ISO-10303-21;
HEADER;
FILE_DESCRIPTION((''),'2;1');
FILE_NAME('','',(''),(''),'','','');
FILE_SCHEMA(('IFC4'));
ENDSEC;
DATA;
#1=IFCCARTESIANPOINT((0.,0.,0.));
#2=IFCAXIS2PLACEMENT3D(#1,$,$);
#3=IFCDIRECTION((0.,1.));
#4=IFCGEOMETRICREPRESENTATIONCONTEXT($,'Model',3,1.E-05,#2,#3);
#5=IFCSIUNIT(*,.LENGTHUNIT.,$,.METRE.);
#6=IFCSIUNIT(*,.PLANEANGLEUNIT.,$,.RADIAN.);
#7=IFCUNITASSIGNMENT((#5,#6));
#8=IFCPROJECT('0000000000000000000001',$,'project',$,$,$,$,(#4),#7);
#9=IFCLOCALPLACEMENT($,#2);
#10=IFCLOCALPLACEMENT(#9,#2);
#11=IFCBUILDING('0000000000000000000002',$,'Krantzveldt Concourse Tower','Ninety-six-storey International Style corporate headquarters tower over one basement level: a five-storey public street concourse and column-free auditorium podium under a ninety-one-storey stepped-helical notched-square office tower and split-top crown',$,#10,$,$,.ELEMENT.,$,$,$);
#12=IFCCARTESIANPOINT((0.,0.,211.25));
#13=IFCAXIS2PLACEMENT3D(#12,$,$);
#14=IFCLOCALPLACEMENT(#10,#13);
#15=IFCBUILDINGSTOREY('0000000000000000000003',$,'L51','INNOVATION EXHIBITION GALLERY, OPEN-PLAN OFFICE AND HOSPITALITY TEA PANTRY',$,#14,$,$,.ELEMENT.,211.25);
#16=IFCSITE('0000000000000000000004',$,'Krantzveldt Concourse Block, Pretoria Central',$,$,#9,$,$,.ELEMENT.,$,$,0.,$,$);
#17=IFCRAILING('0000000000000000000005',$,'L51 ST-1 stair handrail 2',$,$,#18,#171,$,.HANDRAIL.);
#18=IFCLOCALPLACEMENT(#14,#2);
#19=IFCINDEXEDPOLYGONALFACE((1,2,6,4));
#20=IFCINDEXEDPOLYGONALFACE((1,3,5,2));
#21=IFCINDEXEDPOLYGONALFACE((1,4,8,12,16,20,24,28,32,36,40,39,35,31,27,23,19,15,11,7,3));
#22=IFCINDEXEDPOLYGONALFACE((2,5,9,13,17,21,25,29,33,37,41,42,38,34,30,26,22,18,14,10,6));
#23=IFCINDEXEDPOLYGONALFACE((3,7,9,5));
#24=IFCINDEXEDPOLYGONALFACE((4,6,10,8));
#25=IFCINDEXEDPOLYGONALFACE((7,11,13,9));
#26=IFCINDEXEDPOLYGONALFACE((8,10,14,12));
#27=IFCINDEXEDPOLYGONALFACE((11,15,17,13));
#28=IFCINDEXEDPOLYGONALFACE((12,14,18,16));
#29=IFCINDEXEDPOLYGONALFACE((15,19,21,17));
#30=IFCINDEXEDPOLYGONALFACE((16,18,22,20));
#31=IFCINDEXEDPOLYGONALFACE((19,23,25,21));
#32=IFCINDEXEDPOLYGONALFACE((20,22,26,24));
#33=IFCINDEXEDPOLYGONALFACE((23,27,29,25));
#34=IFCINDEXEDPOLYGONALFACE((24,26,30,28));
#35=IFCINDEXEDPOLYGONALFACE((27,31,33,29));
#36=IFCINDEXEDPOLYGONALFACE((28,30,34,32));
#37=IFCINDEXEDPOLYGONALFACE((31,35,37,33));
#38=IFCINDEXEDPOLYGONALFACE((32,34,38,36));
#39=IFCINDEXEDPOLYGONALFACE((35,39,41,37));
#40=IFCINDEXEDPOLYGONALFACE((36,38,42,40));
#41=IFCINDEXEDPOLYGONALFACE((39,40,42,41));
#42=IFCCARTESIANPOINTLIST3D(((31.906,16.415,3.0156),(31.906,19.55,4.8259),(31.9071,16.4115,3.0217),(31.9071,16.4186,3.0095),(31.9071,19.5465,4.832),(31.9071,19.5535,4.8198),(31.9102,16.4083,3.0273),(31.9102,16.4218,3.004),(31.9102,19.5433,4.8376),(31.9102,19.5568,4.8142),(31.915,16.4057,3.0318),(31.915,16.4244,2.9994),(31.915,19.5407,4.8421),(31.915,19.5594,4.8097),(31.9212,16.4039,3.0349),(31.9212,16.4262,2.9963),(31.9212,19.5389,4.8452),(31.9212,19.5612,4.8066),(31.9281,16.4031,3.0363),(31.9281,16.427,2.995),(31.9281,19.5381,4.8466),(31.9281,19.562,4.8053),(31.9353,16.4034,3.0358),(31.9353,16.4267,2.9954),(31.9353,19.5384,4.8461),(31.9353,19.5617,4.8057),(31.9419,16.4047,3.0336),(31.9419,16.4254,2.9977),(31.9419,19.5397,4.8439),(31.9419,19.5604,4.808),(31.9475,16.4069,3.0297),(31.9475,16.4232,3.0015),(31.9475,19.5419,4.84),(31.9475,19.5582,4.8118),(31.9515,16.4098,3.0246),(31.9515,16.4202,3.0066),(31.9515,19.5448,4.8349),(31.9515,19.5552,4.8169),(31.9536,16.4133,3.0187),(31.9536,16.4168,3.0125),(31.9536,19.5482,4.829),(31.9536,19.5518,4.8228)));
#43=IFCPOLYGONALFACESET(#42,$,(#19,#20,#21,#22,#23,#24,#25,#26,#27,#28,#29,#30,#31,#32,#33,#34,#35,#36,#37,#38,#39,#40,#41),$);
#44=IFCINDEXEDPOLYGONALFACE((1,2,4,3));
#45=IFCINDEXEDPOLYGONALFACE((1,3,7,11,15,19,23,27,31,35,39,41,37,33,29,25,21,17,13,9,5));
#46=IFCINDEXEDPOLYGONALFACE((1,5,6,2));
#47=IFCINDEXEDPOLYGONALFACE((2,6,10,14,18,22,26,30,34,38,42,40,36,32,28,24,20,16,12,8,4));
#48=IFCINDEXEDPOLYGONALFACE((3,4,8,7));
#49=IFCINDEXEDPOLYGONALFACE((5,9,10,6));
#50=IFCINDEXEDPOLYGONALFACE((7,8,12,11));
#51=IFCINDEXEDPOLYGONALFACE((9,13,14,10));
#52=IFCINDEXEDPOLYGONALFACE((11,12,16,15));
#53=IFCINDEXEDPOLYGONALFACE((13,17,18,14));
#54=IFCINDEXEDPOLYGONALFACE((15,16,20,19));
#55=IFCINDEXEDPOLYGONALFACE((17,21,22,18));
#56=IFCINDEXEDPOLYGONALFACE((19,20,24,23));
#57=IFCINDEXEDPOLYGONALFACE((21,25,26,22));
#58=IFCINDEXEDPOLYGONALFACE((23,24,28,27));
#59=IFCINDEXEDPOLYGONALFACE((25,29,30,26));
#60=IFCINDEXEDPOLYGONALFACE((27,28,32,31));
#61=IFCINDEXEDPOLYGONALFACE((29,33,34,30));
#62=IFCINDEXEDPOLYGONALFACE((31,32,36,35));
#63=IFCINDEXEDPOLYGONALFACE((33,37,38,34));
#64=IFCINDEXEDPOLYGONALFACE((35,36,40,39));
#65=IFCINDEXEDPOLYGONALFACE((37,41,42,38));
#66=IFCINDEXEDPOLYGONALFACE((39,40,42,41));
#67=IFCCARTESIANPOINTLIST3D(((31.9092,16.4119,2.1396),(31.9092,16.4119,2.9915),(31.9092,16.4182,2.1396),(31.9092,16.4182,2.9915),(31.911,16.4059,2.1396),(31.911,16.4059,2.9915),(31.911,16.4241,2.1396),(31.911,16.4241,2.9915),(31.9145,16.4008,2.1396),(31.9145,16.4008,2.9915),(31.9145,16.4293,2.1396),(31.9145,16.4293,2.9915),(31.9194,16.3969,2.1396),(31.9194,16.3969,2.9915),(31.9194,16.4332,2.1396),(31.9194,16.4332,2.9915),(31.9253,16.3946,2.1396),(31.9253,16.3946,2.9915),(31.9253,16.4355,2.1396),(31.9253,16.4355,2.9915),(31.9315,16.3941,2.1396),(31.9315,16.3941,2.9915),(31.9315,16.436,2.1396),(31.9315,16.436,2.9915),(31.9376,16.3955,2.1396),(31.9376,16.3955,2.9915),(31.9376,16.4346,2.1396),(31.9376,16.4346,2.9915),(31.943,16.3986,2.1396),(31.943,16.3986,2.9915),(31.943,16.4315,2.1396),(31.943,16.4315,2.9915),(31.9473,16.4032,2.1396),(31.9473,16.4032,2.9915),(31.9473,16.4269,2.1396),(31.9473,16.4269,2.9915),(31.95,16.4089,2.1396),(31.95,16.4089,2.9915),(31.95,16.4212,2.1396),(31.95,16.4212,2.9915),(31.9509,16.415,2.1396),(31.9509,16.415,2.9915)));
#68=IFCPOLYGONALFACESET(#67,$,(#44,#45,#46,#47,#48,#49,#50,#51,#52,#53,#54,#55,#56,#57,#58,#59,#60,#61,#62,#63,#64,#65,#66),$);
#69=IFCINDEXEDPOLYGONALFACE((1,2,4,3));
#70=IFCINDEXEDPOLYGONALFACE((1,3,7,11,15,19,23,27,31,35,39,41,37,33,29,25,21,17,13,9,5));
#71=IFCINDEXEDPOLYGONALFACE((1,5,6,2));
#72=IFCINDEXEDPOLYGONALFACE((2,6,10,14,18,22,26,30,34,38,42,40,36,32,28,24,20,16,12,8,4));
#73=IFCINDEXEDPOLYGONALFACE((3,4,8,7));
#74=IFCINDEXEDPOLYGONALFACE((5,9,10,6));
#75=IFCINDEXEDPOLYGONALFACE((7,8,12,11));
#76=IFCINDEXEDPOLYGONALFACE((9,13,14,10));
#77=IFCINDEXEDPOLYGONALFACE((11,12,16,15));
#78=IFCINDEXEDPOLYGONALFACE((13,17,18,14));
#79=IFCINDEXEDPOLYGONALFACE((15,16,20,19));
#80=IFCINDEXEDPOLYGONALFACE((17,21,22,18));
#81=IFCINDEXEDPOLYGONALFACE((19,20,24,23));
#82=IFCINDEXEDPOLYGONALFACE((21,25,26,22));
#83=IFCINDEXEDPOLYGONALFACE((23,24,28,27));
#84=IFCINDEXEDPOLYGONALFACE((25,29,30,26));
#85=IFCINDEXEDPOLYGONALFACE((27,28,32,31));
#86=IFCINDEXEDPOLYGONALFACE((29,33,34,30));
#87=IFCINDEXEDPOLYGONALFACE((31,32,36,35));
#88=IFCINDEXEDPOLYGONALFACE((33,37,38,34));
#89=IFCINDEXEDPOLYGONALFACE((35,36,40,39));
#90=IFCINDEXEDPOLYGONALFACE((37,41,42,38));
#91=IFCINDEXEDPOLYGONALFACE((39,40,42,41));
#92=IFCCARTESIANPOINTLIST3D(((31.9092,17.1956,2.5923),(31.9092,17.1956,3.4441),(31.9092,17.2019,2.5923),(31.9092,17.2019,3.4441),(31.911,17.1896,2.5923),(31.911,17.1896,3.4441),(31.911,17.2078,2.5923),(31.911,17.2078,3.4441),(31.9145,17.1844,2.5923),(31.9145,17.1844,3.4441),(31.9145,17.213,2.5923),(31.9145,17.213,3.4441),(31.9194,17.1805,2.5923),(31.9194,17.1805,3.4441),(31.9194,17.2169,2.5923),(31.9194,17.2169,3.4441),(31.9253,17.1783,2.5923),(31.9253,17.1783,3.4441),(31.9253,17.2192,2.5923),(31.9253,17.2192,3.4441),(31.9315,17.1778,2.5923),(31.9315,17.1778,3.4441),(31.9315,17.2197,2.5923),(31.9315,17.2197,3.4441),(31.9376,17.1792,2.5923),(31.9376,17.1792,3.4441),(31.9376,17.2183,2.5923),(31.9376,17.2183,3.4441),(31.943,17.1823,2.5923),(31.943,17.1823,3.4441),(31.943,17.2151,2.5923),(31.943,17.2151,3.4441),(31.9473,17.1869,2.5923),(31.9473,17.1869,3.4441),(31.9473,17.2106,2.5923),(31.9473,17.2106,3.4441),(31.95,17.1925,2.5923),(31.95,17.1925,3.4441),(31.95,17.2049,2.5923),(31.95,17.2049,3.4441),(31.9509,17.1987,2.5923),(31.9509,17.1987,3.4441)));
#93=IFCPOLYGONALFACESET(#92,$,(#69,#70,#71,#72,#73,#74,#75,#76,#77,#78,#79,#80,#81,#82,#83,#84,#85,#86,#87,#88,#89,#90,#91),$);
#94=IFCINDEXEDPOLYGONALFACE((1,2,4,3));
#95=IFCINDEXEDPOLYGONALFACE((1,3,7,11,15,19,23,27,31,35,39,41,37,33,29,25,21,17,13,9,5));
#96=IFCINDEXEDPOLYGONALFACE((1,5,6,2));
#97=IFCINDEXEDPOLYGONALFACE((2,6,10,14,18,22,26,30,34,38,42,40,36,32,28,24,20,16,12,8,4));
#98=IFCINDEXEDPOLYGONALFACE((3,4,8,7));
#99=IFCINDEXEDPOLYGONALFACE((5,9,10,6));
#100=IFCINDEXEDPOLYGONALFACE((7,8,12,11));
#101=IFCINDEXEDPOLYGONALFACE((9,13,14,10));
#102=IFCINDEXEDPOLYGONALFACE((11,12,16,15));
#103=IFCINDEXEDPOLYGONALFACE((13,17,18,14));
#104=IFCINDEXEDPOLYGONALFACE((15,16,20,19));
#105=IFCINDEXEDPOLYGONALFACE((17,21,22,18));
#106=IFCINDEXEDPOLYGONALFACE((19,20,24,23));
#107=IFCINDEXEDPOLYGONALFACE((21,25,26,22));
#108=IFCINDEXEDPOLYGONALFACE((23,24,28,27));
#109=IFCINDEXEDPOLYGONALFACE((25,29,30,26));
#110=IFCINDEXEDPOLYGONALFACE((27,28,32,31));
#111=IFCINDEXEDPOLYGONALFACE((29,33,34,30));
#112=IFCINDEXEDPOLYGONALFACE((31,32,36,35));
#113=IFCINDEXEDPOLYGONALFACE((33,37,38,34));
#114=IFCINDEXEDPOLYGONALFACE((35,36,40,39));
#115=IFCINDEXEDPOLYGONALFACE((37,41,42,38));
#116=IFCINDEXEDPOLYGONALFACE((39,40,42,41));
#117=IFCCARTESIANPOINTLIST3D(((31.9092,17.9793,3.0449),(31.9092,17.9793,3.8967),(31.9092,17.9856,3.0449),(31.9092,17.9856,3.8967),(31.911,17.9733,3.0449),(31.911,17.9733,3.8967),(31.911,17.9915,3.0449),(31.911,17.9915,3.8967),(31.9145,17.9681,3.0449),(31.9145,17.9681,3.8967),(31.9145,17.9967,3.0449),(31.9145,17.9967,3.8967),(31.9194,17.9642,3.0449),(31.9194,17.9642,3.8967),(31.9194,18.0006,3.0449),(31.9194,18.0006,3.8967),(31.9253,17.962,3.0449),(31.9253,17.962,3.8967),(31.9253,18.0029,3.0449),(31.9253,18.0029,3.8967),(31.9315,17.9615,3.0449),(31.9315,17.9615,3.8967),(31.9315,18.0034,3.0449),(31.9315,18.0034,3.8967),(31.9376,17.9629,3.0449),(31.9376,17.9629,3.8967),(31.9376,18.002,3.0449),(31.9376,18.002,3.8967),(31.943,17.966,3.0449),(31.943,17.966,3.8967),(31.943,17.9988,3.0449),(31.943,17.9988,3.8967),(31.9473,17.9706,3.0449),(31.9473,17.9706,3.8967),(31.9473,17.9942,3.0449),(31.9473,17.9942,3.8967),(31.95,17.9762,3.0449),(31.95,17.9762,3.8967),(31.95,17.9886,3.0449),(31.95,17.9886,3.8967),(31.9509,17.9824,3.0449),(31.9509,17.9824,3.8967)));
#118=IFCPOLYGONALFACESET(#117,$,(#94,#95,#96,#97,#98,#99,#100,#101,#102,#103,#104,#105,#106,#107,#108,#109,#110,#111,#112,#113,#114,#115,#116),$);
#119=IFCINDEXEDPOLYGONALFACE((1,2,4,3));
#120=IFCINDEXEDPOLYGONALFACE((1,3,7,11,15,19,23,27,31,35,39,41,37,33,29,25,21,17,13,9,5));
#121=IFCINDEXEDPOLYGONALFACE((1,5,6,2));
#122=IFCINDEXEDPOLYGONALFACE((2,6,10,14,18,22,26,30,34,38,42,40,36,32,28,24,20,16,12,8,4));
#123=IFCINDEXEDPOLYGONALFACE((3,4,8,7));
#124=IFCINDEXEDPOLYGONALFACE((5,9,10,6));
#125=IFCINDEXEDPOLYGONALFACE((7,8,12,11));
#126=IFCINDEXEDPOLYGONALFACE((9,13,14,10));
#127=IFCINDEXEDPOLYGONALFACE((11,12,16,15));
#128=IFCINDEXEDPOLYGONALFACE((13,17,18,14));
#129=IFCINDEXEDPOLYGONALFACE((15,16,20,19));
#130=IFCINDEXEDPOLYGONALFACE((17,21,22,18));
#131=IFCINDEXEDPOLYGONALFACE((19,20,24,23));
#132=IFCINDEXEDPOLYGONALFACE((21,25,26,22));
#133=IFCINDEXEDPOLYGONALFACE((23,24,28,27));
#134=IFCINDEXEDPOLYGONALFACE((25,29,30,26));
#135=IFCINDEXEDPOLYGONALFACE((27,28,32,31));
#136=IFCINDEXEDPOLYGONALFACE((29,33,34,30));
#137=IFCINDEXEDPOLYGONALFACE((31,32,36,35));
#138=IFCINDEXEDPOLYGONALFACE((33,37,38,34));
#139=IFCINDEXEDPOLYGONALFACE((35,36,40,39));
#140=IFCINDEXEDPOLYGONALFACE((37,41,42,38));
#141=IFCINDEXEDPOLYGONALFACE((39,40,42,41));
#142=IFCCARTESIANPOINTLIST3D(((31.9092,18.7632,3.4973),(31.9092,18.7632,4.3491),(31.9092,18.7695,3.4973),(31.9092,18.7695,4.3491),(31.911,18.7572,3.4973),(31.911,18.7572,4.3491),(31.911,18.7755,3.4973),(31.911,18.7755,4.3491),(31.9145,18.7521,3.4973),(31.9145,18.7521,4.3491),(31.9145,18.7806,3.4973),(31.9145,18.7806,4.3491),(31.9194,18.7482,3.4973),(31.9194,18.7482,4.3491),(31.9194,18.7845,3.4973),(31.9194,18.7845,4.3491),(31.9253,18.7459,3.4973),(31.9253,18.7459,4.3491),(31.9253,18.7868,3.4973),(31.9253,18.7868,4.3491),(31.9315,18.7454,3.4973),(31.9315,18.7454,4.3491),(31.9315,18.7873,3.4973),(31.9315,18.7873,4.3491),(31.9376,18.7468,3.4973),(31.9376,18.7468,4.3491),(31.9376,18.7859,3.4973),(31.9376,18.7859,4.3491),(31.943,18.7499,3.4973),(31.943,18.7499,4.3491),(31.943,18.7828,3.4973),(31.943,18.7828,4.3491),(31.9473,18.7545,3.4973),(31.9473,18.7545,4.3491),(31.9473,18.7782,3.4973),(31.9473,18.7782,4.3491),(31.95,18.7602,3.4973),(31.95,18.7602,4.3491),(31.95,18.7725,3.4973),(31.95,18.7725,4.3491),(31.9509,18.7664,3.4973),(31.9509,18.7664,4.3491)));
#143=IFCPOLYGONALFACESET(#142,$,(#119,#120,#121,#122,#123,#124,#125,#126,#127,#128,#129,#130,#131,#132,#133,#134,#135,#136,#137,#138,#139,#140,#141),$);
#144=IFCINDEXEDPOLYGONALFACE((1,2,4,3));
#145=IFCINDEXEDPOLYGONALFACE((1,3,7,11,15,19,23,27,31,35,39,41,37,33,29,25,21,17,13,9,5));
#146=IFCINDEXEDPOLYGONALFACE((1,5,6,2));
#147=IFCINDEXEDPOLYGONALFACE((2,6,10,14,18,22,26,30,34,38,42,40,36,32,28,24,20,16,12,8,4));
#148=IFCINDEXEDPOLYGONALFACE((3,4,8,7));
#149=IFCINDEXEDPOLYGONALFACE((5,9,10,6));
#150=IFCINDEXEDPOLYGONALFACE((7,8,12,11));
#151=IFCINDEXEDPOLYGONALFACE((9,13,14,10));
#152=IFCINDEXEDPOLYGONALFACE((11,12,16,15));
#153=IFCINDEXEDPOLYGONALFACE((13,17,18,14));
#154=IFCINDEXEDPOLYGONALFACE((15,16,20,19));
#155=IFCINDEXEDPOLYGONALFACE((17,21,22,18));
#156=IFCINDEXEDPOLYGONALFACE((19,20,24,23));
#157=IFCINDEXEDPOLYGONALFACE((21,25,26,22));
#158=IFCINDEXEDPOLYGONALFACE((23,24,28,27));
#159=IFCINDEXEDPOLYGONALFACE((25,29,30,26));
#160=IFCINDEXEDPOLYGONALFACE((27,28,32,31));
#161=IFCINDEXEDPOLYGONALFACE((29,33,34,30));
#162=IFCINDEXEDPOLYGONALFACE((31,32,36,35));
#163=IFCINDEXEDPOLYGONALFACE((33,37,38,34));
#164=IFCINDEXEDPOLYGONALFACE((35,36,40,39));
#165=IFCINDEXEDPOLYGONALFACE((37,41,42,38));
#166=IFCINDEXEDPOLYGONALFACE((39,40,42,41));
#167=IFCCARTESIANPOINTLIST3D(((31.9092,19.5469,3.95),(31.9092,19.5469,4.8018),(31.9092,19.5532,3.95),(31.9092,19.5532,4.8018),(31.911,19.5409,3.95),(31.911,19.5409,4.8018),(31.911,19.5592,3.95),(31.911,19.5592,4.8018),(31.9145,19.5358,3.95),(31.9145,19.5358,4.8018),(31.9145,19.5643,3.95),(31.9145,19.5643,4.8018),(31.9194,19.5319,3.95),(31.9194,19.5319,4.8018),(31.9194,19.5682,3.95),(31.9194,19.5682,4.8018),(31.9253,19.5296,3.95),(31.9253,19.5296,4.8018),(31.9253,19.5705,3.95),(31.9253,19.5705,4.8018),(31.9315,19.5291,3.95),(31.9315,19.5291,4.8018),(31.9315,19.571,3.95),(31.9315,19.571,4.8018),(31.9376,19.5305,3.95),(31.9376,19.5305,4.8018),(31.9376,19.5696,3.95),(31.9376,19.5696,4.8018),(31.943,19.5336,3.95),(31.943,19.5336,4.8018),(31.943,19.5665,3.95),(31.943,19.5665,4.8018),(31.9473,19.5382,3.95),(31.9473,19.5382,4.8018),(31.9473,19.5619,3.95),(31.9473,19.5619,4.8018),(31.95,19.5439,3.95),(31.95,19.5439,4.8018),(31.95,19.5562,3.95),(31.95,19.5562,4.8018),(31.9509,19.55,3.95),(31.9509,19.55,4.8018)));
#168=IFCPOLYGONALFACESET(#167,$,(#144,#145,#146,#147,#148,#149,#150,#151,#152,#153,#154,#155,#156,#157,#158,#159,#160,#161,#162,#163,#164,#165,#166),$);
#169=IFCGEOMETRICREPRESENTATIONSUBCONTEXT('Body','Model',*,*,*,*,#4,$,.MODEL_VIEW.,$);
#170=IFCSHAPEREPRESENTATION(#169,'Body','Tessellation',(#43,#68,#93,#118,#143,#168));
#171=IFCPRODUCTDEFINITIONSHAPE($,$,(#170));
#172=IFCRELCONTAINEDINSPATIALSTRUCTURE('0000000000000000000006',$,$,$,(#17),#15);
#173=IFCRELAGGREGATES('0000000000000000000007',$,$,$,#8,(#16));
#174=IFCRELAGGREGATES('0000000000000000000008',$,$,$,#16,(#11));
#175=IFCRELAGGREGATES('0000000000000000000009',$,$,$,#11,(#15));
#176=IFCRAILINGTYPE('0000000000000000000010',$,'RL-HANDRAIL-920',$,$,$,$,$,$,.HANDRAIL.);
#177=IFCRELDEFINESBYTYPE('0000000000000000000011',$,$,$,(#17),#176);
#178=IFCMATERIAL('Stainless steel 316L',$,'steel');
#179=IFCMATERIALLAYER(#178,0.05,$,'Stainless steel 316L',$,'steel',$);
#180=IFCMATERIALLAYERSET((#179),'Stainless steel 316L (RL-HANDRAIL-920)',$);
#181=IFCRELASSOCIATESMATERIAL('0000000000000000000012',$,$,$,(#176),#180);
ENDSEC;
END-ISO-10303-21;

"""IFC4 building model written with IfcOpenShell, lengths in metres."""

from ifc_helpers import new_model, si_unit, direction, frame, origin, origin_2d, place, context, subcontext, project, spatial, circle, extrude, material, layer, layer_set, type_object, element, save


model = new_model("IFC4")

# Units and contexts
model_context = context("Model", 3, precision=1e-05, world=origin(), true_north=direction((0.0, 1.0)))
body_context = subcontext(model_context, "Body", "Model", "MODEL_VIEW")
ifc_project = project(units=[si_unit("LENGTHUNIT", "METRE"), si_unit("PLANEANGLEUNIT", "RADIAN")], contexts=[model_context])

# Site, building, storey
site_placement = place(None, origin())
site = spatial("IfcSite", under=ifc_project, at=site_placement, Name="Krantzveldt Concourse Block, Pretoria Central", CompositionType="ELEMENT", RefElevation=0.0)
building_placement = place(site_placement, origin())
building = spatial("IfcBuilding", under=site, at=building_placement, Name="Krantzveldt Concourse Tower", Description="Ninety-six-storey International Style corporate headquarters tower over one basement level: a five-storey public street concourse and column-free auditorium podium under a ninety-one-storey stepped-helical notched-square office tower and split-top crown", CompositionType="ELEMENT")
storey_placement = place(building_placement, frame((0.0, 0.0, 211.25)))
storey = spatial("IfcBuildingStorey", under=building, at=storey_placement, Name="L51", Description="INNOVATION EXHIBITION GALLERY, OPEN-PLAN OFFICE AND HOSPITALITY TEA PANTRY", CompositionType="ELEMENT", Elevation=211.25)

# Shared definitions
ifc_material_1 = material(Name="Stainless steel 316L", Category="steel")

# Railing
ifc_layer_1 = layer(ifc_material_1, 0.05, Name="Stainless steel 316L", Category="steel")
ifc_layer_set_1 = layer_set([ifc_layer_1], Name="Stainless steel 316L (RL-HANDRAIL-920)")
railing_type_1 = type_object("IfcRailingType", Name="RL-HANDRAIL-920", PredefinedType="HANDRAIL", material=ifc_layer_set_1)
railing_1_placement = place(storey_placement, frame((31.9299, 16.415, 2.1396)))
element("IfcRailing", 1, at=railing_1_placement, inside=storey, type_object=railing_type_1, Name="L51 ST-1 stair handrail 2", PredefinedType="HANDRAIL", context=body_context, shape_type="SweptSolid", body=[
    extrude(circle(Radius=0.0239, at=origin_2d()), frame((0.0, 0.0, 0.876), z_axis=(0.0, 0.865989, 0.500063), x_axis=(-1.0, 0.0, 0.0)), (0.0, 0.0, 1.0), 3.6201),
    extrude(circle(Radius=0.021, at=origin_2d()), origin(), (0.0, 0.0, 1.0), 0.8518),
    extrude(circle(Radius=0.021, at=origin_2d()), frame((0.0, 0.7837, 0.4526)), (0.0, 0.0, 1.0), 0.8518),
    extrude(circle(Radius=0.021, at=origin_2d()), frame((0.0, 1.5674, 0.9053)), (0.0, 0.0, 1.0), 0.8518),
    extrude(circle(Radius=0.021, at=origin_2d()), frame((0.0, 2.3513, 1.3577)), (0.0, 0.0, 1.0), 0.8518),
    extrude(circle(Radius=0.021, at=origin_2d()), frame((0.0, 3.135, 1.8103)), (0.0, 0.0, 1.0), 0.8518),
])

save(model, "model.ifc")
